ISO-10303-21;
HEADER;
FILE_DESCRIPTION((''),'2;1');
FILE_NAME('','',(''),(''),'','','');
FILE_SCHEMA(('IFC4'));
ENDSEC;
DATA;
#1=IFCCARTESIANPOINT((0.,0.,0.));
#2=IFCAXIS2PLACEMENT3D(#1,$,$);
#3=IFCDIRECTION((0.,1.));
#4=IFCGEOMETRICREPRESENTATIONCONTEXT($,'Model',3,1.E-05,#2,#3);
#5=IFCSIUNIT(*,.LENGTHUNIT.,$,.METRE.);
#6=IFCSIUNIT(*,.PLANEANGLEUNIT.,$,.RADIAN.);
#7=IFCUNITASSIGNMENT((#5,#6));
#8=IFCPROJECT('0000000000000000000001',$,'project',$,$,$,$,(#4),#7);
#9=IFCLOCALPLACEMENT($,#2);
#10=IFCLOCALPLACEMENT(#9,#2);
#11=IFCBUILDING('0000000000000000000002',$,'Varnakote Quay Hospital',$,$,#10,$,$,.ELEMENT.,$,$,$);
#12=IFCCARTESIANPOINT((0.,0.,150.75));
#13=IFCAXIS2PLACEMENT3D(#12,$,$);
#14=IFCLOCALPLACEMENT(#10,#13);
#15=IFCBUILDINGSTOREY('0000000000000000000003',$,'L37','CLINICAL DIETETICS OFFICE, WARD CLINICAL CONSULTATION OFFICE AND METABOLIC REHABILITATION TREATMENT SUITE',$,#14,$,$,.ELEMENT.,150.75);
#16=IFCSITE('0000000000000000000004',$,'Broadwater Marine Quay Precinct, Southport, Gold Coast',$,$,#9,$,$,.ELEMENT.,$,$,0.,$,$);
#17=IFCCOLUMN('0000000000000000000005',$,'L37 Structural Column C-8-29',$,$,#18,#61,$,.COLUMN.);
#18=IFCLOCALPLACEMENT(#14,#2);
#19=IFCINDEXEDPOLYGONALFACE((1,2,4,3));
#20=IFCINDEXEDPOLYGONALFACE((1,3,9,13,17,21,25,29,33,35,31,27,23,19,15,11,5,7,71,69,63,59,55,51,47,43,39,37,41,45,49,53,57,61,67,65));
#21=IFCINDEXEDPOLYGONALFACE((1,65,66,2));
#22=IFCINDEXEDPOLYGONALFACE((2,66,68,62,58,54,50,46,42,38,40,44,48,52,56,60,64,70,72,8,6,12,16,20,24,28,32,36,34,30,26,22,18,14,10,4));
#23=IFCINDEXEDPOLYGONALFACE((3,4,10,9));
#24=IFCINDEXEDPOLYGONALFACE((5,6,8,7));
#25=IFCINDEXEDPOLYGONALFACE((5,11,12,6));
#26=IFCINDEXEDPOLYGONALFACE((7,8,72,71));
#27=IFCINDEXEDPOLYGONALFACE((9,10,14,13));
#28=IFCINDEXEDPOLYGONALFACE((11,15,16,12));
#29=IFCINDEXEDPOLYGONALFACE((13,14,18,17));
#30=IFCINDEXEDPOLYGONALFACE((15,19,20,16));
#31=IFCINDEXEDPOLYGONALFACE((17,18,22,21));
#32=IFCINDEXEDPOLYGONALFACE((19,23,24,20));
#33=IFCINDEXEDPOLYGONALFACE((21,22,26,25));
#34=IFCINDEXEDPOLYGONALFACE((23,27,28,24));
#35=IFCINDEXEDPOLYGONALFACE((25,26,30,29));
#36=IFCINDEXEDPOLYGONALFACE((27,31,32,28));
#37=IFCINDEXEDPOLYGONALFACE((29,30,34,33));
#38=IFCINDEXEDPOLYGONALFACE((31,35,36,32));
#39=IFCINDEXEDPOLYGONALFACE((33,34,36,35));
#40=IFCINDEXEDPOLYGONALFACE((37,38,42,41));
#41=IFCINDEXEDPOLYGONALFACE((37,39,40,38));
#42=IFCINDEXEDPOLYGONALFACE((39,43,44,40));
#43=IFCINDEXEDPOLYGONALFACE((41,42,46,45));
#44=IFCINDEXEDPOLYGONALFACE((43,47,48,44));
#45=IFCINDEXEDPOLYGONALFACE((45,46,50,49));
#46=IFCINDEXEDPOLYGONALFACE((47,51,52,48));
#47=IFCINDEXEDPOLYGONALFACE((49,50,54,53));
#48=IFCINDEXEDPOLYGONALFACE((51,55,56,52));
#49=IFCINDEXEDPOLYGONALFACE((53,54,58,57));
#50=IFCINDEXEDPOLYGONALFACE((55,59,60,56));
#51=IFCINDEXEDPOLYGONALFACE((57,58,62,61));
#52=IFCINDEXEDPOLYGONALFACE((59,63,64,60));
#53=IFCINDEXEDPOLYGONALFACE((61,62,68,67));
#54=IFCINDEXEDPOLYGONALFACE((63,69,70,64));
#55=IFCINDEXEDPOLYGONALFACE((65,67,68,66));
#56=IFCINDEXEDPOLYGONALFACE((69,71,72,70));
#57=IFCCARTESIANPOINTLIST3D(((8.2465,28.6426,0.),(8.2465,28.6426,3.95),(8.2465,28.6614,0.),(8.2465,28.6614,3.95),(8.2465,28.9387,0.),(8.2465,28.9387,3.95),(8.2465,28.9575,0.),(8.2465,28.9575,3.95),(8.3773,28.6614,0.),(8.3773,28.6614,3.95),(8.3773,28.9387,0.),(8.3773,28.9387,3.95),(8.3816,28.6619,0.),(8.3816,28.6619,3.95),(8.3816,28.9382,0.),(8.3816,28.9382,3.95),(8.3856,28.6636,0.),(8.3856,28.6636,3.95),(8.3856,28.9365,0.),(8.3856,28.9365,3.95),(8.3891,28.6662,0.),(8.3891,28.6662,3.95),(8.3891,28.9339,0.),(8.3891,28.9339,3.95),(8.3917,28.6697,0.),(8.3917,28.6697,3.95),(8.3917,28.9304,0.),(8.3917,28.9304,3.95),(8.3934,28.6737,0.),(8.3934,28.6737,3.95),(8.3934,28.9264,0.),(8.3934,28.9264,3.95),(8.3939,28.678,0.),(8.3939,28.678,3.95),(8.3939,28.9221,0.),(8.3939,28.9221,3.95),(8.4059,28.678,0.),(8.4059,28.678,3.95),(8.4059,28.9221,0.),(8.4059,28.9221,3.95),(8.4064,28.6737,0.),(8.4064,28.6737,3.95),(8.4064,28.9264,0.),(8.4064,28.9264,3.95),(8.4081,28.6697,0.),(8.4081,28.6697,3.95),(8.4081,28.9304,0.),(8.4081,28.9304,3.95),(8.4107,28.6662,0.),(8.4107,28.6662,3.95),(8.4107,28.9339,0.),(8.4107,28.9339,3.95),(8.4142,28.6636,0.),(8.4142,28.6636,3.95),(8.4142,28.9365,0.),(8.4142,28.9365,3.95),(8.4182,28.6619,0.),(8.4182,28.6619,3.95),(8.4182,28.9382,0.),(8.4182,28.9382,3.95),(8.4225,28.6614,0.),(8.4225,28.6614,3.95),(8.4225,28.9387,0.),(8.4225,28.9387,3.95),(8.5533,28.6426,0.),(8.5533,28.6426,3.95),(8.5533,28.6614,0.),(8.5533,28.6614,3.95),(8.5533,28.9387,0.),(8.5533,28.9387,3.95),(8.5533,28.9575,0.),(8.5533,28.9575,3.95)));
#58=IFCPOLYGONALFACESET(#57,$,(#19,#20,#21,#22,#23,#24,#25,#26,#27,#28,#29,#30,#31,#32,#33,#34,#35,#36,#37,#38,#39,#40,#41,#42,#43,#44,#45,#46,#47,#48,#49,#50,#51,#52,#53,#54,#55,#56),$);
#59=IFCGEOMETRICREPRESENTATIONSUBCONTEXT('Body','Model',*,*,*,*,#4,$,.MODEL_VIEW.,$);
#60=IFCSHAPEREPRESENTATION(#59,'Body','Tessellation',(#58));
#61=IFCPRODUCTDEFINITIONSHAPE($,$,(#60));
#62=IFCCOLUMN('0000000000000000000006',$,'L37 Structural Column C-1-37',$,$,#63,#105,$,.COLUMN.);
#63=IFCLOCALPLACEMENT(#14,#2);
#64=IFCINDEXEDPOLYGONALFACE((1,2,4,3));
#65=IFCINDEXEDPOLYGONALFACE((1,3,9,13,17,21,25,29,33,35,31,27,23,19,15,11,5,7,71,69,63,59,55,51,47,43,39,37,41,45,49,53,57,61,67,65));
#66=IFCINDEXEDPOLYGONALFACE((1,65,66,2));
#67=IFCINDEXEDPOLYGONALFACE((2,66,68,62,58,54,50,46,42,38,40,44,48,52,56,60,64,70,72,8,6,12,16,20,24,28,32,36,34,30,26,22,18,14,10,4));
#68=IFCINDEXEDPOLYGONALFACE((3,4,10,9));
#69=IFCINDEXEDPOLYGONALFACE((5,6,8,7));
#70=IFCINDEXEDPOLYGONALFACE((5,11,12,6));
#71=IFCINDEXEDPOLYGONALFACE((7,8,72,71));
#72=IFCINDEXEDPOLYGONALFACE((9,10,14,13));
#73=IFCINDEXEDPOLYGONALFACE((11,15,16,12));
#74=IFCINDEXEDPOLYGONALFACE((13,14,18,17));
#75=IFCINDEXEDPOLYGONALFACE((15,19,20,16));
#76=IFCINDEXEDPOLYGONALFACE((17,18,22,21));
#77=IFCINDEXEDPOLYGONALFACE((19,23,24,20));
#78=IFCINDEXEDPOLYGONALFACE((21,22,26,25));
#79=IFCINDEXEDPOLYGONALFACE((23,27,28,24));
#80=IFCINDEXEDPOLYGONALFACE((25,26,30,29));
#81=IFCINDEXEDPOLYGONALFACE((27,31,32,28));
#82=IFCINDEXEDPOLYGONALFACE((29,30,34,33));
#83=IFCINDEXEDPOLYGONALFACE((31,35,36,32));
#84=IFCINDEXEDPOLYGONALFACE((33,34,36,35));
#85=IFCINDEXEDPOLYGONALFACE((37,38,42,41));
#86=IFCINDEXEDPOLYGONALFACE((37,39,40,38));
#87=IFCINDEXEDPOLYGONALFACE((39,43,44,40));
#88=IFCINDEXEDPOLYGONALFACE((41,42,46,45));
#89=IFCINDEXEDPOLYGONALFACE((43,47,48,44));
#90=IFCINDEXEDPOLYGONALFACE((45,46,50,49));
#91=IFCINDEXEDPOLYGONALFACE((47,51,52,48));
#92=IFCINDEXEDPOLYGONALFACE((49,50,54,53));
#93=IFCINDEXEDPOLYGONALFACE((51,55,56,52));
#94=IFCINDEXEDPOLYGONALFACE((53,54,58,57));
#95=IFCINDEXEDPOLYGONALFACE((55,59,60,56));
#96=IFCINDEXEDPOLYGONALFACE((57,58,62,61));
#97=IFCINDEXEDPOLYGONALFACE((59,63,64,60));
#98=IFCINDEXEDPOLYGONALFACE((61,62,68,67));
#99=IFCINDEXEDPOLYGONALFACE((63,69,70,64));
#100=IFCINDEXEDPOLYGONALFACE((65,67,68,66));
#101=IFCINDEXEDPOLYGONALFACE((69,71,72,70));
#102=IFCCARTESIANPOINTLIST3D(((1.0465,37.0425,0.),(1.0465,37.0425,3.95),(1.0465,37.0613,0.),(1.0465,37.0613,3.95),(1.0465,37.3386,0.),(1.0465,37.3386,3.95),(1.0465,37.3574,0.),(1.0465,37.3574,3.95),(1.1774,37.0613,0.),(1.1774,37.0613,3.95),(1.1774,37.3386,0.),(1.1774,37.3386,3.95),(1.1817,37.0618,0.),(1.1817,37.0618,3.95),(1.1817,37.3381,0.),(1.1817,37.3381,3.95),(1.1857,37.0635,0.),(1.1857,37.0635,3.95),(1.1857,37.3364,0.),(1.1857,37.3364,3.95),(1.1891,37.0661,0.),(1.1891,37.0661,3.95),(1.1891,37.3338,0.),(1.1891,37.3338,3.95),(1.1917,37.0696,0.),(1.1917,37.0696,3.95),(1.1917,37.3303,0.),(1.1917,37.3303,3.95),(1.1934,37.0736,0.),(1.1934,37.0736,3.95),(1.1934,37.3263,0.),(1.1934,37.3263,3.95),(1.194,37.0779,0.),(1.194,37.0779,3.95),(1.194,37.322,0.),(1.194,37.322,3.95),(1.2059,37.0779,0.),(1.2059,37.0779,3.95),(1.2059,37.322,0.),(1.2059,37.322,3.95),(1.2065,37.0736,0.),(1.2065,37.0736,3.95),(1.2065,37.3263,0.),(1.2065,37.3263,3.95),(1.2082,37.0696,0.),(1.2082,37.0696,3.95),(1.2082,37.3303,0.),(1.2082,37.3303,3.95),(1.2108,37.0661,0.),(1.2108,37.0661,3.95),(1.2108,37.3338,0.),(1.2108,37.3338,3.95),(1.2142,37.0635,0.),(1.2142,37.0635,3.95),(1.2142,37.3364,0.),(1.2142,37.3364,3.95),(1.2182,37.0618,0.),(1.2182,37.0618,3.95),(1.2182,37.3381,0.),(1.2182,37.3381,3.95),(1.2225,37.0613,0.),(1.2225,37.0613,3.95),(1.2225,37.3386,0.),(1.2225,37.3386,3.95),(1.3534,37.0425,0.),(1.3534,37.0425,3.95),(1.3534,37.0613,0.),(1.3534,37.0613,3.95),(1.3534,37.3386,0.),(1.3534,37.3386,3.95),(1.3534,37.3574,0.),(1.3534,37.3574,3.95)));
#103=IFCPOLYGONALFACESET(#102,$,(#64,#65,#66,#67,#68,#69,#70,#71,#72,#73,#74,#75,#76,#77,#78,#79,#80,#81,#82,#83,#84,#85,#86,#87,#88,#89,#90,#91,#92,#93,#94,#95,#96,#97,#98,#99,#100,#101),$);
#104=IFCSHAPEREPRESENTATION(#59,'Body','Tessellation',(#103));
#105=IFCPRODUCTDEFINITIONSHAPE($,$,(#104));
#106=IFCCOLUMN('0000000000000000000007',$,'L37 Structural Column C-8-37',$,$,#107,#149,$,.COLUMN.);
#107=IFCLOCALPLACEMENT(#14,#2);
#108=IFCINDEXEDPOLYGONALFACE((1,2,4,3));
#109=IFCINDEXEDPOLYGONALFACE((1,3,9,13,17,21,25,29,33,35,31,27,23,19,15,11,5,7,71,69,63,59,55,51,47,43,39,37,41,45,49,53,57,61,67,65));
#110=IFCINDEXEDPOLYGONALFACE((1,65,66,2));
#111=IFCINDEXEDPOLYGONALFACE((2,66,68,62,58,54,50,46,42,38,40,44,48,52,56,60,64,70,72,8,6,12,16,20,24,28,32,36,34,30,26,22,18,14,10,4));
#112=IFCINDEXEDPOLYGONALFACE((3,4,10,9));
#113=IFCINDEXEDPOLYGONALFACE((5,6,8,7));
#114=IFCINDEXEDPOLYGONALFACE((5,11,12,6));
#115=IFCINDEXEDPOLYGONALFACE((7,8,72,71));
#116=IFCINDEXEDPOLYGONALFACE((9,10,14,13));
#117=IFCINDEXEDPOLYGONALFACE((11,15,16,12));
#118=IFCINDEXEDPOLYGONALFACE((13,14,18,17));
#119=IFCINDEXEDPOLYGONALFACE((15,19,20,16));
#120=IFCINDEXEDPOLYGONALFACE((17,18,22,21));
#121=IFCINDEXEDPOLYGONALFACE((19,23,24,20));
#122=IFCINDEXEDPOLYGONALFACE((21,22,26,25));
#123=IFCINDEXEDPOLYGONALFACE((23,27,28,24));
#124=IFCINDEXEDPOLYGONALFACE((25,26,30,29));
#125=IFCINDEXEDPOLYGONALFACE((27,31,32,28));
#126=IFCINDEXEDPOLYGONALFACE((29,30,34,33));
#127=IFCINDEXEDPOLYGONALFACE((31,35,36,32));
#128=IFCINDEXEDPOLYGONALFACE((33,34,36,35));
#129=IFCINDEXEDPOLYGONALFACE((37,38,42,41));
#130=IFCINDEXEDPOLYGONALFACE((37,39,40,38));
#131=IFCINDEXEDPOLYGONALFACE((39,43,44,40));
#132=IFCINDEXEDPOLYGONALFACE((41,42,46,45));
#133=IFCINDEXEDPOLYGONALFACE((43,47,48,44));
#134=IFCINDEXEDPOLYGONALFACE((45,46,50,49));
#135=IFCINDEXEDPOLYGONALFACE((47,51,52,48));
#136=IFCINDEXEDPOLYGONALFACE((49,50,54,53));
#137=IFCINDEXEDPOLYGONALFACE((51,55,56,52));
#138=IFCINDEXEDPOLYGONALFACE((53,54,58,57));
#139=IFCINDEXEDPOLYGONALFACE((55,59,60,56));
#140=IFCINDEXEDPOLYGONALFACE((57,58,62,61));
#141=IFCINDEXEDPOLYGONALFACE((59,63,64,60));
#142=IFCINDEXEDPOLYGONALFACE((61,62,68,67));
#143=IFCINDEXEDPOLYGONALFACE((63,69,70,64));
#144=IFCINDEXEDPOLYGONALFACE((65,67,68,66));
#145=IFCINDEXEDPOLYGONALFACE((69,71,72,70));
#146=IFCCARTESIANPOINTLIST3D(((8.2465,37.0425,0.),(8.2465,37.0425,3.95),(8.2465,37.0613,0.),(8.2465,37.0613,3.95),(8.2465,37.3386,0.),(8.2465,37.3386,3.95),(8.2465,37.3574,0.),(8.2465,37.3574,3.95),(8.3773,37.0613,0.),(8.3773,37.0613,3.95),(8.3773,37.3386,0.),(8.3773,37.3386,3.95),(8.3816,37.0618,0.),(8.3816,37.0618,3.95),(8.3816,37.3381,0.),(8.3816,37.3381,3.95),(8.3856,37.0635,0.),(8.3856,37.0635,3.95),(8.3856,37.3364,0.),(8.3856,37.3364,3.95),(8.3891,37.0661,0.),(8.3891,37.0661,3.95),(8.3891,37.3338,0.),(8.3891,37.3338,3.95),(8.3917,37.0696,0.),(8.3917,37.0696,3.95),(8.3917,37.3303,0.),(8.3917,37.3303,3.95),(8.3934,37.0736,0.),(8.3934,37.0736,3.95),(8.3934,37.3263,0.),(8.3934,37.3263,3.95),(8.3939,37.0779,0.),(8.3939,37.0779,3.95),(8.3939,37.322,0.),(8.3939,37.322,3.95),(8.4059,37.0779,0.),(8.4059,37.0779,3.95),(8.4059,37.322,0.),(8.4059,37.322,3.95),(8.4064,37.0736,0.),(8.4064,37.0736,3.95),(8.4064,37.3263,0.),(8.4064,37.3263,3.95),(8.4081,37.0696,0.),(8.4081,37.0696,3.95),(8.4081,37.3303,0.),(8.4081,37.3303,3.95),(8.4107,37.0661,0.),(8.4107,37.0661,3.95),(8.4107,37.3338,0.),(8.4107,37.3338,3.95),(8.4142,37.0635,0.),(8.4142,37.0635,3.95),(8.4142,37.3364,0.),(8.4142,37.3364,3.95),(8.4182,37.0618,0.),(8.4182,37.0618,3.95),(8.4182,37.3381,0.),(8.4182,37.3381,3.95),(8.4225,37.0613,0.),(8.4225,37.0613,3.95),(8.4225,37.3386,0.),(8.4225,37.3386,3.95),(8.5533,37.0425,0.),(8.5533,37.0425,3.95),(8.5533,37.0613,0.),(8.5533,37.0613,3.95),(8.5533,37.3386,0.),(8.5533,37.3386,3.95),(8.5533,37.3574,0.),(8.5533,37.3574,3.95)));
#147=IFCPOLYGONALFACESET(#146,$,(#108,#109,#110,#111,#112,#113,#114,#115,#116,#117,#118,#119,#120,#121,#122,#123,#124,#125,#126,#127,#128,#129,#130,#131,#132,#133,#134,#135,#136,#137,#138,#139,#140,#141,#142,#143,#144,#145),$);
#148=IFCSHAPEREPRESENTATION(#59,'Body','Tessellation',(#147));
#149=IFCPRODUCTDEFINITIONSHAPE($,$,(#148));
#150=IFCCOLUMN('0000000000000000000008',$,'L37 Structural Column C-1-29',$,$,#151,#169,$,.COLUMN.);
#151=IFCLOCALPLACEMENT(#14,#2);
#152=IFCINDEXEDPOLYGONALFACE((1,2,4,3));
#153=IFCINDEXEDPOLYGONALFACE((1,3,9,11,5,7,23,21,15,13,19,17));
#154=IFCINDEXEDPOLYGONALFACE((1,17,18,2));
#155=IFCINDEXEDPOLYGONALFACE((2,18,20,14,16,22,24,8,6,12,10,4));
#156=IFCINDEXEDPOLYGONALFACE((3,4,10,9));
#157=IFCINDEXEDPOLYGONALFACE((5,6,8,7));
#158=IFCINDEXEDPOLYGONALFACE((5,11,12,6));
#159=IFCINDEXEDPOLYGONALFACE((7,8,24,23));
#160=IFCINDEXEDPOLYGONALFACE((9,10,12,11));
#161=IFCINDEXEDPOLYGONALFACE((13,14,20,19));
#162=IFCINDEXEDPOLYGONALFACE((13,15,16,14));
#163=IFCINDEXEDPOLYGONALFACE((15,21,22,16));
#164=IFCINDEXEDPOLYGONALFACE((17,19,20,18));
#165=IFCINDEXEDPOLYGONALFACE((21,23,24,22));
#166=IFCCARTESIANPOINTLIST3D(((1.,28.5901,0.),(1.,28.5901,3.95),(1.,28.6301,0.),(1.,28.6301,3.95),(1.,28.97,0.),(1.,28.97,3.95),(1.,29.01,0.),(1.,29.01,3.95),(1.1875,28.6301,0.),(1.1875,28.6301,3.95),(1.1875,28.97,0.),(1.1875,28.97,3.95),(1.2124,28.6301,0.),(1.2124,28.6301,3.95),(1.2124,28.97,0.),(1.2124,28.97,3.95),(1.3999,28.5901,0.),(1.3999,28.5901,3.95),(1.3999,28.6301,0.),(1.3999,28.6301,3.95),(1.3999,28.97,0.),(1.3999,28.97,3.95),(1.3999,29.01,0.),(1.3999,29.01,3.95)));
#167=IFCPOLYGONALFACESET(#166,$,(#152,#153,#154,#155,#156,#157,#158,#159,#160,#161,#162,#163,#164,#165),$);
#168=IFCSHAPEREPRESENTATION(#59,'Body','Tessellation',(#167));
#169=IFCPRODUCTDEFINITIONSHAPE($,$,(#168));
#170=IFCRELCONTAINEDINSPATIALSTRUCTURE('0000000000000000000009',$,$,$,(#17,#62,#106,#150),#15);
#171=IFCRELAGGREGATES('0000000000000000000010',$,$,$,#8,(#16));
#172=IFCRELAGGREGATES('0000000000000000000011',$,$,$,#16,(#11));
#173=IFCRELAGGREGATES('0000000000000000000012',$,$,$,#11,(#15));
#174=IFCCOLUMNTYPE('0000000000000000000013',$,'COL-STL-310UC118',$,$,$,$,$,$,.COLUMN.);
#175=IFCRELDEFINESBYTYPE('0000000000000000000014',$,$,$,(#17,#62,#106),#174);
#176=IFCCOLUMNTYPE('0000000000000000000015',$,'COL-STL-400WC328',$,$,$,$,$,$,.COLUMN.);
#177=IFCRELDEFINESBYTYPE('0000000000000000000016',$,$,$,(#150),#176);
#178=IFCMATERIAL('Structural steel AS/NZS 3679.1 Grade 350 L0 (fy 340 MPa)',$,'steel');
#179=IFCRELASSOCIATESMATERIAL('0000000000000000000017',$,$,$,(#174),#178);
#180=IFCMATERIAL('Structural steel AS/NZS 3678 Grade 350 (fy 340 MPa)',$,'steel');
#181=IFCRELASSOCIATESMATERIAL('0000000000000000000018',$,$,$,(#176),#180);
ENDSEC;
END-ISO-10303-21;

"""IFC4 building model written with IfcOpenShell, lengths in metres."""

from ifc_helpers import new_model, si_unit, direction, frame, origin, origin_2d, place, context, subcontext, project, spatial, i_section, extrude, material, material_profile, profile_set, type_object, element, save


model = new_model("IFC4")

# Units and contexts
model_context = context("Model", 3, precision=1e-05, world=origin(), true_north=direction((0.0, 1.0)))
body_context = subcontext(model_context, "Body", "Model", "MODEL_VIEW")
ifc_project = project(units=[si_unit("LENGTHUNIT", "METRE"), si_unit("PLANEANGLEUNIT", "RADIAN")], contexts=[model_context])

# Site, building, storey
site_placement = place(None, origin())
site = spatial("IfcSite", under=ifc_project, at=site_placement, Name="Broadwater Marine Quay Precinct, Southport, Gold Coast", CompositionType="ELEMENT", RefElevation=0.0)
building_placement = place(site_placement, origin())
building = spatial("IfcBuilding", under=site, at=building_placement, Name="Varnakote Quay Hospital", CompositionType="ELEMENT")
storey_placement = place(building_placement, frame((0.0, 0.0, 150.75)))
storey = spatial("IfcBuildingStorey", under=building, at=storey_placement, Name="L37", Description="CLINICAL DIETETICS OFFICE, WARD CLINICAL CONSULTATION OFFICE AND METABOLIC REHABILITATION TREATMENT SUITE", CompositionType="ELEMENT", Elevation=150.75)

# Columns
ifc_material_1 = material(Name="Structural steel AS/NZS 3679.1 Grade 350 L0 (fy 340 MPa)", Category="steel")
ifc_material_profile_1 = material_profile(ifc_material_1, i_section(OverallWidth=0.3069, OverallDepth=0.3149, WebThickness=0.012, FlangeThickness=0.0188, FilletRadius=0.0166, at=origin_2d()), Name="310UC118")
ifc_profile_set_1 = profile_set([ifc_material_profile_1], Name="Structural steel AS/NZS 3679.1 Grade 350 L0 (fy 340 MPa)")
column_type_1 = type_object("IfcColumnType", Name="COL-STL-310UC118", PredefinedType="COLUMN", material=ifc_profile_set_1)
for number, where, z_axis, x_axis, name in (
    (1, (8.3999, 28.8, 0.0), (0.0, 0.0, 1.0), (1.0, 0.0, 0.0), "L37 Structural Column C-8-29"),
    (2, (1.2, 37.2, 0.0), (0.0, 0.0, 1.0), (1.0, 0.0, 0.0), "L37 Structural Column C-1-37"),
    (3, (8.3999, 37.2, 0.0), (0.0, 0.0, 1.0), (1.0, 0.0, 0.0), "L37 Structural Column C-8-37"),
):
    element("IfcColumn", number, at=place(storey_placement, frame(where, z_axis=z_axis, x_axis=x_axis)), inside=storey, type_object=column_type_1, Name=name, PredefinedType="COLUMN", context=body_context, shape_type="SweptSolid", body=[
        extrude(i_section(OverallWidth=0.3069, OverallDepth=0.3149, WebThickness=0.012, FlangeThickness=0.0188, FilletRadius=0.0166, at=origin_2d()), origin(), (0.0, 0.0, 1.0), 3.95),
    ])
ifc_material_2 = material(Name="Structural steel AS/NZS 3678 Grade 350 (fy 340 MPa)", Category="steel")
ifc_material_profile_2 = material_profile(ifc_material_2, i_section(OverallWidth=0.3999, OverallDepth=0.4199, WebThickness=0.0249, FlangeThickness=0.04, at=origin_2d()), Name="400WC328")
ifc_profile_set_2 = profile_set([ifc_material_profile_2], Name="Structural steel AS/NZS 3678 Grade 350 (fy 340 MPa)")
column_type_2 = type_object("IfcColumnType", Name="COL-STL-400WC328", PredefinedType="COLUMN", material=ifc_profile_set_2)
column_placement = place(storey_placement, frame((1.2, 28.8, 0.0), z_axis=(0.0, 0.0, 1.0), x_axis=(1.0, 0.0, 0.0)))
element("IfcColumn", 4, at=column_placement, inside=storey, type_object=column_type_2, Name="L37 Structural Column C-1-29", PredefinedType="COLUMN", context=body_context, shape_type="SweptSolid", body=[
    extrude(i_section(OverallWidth=0.3999, OverallDepth=0.4199, WebThickness=0.0249, FlangeThickness=0.04, at=origin_2d()), origin(), (0.0, 0.0, 1.0), 3.95),
])

save(model, "model.ifc")
